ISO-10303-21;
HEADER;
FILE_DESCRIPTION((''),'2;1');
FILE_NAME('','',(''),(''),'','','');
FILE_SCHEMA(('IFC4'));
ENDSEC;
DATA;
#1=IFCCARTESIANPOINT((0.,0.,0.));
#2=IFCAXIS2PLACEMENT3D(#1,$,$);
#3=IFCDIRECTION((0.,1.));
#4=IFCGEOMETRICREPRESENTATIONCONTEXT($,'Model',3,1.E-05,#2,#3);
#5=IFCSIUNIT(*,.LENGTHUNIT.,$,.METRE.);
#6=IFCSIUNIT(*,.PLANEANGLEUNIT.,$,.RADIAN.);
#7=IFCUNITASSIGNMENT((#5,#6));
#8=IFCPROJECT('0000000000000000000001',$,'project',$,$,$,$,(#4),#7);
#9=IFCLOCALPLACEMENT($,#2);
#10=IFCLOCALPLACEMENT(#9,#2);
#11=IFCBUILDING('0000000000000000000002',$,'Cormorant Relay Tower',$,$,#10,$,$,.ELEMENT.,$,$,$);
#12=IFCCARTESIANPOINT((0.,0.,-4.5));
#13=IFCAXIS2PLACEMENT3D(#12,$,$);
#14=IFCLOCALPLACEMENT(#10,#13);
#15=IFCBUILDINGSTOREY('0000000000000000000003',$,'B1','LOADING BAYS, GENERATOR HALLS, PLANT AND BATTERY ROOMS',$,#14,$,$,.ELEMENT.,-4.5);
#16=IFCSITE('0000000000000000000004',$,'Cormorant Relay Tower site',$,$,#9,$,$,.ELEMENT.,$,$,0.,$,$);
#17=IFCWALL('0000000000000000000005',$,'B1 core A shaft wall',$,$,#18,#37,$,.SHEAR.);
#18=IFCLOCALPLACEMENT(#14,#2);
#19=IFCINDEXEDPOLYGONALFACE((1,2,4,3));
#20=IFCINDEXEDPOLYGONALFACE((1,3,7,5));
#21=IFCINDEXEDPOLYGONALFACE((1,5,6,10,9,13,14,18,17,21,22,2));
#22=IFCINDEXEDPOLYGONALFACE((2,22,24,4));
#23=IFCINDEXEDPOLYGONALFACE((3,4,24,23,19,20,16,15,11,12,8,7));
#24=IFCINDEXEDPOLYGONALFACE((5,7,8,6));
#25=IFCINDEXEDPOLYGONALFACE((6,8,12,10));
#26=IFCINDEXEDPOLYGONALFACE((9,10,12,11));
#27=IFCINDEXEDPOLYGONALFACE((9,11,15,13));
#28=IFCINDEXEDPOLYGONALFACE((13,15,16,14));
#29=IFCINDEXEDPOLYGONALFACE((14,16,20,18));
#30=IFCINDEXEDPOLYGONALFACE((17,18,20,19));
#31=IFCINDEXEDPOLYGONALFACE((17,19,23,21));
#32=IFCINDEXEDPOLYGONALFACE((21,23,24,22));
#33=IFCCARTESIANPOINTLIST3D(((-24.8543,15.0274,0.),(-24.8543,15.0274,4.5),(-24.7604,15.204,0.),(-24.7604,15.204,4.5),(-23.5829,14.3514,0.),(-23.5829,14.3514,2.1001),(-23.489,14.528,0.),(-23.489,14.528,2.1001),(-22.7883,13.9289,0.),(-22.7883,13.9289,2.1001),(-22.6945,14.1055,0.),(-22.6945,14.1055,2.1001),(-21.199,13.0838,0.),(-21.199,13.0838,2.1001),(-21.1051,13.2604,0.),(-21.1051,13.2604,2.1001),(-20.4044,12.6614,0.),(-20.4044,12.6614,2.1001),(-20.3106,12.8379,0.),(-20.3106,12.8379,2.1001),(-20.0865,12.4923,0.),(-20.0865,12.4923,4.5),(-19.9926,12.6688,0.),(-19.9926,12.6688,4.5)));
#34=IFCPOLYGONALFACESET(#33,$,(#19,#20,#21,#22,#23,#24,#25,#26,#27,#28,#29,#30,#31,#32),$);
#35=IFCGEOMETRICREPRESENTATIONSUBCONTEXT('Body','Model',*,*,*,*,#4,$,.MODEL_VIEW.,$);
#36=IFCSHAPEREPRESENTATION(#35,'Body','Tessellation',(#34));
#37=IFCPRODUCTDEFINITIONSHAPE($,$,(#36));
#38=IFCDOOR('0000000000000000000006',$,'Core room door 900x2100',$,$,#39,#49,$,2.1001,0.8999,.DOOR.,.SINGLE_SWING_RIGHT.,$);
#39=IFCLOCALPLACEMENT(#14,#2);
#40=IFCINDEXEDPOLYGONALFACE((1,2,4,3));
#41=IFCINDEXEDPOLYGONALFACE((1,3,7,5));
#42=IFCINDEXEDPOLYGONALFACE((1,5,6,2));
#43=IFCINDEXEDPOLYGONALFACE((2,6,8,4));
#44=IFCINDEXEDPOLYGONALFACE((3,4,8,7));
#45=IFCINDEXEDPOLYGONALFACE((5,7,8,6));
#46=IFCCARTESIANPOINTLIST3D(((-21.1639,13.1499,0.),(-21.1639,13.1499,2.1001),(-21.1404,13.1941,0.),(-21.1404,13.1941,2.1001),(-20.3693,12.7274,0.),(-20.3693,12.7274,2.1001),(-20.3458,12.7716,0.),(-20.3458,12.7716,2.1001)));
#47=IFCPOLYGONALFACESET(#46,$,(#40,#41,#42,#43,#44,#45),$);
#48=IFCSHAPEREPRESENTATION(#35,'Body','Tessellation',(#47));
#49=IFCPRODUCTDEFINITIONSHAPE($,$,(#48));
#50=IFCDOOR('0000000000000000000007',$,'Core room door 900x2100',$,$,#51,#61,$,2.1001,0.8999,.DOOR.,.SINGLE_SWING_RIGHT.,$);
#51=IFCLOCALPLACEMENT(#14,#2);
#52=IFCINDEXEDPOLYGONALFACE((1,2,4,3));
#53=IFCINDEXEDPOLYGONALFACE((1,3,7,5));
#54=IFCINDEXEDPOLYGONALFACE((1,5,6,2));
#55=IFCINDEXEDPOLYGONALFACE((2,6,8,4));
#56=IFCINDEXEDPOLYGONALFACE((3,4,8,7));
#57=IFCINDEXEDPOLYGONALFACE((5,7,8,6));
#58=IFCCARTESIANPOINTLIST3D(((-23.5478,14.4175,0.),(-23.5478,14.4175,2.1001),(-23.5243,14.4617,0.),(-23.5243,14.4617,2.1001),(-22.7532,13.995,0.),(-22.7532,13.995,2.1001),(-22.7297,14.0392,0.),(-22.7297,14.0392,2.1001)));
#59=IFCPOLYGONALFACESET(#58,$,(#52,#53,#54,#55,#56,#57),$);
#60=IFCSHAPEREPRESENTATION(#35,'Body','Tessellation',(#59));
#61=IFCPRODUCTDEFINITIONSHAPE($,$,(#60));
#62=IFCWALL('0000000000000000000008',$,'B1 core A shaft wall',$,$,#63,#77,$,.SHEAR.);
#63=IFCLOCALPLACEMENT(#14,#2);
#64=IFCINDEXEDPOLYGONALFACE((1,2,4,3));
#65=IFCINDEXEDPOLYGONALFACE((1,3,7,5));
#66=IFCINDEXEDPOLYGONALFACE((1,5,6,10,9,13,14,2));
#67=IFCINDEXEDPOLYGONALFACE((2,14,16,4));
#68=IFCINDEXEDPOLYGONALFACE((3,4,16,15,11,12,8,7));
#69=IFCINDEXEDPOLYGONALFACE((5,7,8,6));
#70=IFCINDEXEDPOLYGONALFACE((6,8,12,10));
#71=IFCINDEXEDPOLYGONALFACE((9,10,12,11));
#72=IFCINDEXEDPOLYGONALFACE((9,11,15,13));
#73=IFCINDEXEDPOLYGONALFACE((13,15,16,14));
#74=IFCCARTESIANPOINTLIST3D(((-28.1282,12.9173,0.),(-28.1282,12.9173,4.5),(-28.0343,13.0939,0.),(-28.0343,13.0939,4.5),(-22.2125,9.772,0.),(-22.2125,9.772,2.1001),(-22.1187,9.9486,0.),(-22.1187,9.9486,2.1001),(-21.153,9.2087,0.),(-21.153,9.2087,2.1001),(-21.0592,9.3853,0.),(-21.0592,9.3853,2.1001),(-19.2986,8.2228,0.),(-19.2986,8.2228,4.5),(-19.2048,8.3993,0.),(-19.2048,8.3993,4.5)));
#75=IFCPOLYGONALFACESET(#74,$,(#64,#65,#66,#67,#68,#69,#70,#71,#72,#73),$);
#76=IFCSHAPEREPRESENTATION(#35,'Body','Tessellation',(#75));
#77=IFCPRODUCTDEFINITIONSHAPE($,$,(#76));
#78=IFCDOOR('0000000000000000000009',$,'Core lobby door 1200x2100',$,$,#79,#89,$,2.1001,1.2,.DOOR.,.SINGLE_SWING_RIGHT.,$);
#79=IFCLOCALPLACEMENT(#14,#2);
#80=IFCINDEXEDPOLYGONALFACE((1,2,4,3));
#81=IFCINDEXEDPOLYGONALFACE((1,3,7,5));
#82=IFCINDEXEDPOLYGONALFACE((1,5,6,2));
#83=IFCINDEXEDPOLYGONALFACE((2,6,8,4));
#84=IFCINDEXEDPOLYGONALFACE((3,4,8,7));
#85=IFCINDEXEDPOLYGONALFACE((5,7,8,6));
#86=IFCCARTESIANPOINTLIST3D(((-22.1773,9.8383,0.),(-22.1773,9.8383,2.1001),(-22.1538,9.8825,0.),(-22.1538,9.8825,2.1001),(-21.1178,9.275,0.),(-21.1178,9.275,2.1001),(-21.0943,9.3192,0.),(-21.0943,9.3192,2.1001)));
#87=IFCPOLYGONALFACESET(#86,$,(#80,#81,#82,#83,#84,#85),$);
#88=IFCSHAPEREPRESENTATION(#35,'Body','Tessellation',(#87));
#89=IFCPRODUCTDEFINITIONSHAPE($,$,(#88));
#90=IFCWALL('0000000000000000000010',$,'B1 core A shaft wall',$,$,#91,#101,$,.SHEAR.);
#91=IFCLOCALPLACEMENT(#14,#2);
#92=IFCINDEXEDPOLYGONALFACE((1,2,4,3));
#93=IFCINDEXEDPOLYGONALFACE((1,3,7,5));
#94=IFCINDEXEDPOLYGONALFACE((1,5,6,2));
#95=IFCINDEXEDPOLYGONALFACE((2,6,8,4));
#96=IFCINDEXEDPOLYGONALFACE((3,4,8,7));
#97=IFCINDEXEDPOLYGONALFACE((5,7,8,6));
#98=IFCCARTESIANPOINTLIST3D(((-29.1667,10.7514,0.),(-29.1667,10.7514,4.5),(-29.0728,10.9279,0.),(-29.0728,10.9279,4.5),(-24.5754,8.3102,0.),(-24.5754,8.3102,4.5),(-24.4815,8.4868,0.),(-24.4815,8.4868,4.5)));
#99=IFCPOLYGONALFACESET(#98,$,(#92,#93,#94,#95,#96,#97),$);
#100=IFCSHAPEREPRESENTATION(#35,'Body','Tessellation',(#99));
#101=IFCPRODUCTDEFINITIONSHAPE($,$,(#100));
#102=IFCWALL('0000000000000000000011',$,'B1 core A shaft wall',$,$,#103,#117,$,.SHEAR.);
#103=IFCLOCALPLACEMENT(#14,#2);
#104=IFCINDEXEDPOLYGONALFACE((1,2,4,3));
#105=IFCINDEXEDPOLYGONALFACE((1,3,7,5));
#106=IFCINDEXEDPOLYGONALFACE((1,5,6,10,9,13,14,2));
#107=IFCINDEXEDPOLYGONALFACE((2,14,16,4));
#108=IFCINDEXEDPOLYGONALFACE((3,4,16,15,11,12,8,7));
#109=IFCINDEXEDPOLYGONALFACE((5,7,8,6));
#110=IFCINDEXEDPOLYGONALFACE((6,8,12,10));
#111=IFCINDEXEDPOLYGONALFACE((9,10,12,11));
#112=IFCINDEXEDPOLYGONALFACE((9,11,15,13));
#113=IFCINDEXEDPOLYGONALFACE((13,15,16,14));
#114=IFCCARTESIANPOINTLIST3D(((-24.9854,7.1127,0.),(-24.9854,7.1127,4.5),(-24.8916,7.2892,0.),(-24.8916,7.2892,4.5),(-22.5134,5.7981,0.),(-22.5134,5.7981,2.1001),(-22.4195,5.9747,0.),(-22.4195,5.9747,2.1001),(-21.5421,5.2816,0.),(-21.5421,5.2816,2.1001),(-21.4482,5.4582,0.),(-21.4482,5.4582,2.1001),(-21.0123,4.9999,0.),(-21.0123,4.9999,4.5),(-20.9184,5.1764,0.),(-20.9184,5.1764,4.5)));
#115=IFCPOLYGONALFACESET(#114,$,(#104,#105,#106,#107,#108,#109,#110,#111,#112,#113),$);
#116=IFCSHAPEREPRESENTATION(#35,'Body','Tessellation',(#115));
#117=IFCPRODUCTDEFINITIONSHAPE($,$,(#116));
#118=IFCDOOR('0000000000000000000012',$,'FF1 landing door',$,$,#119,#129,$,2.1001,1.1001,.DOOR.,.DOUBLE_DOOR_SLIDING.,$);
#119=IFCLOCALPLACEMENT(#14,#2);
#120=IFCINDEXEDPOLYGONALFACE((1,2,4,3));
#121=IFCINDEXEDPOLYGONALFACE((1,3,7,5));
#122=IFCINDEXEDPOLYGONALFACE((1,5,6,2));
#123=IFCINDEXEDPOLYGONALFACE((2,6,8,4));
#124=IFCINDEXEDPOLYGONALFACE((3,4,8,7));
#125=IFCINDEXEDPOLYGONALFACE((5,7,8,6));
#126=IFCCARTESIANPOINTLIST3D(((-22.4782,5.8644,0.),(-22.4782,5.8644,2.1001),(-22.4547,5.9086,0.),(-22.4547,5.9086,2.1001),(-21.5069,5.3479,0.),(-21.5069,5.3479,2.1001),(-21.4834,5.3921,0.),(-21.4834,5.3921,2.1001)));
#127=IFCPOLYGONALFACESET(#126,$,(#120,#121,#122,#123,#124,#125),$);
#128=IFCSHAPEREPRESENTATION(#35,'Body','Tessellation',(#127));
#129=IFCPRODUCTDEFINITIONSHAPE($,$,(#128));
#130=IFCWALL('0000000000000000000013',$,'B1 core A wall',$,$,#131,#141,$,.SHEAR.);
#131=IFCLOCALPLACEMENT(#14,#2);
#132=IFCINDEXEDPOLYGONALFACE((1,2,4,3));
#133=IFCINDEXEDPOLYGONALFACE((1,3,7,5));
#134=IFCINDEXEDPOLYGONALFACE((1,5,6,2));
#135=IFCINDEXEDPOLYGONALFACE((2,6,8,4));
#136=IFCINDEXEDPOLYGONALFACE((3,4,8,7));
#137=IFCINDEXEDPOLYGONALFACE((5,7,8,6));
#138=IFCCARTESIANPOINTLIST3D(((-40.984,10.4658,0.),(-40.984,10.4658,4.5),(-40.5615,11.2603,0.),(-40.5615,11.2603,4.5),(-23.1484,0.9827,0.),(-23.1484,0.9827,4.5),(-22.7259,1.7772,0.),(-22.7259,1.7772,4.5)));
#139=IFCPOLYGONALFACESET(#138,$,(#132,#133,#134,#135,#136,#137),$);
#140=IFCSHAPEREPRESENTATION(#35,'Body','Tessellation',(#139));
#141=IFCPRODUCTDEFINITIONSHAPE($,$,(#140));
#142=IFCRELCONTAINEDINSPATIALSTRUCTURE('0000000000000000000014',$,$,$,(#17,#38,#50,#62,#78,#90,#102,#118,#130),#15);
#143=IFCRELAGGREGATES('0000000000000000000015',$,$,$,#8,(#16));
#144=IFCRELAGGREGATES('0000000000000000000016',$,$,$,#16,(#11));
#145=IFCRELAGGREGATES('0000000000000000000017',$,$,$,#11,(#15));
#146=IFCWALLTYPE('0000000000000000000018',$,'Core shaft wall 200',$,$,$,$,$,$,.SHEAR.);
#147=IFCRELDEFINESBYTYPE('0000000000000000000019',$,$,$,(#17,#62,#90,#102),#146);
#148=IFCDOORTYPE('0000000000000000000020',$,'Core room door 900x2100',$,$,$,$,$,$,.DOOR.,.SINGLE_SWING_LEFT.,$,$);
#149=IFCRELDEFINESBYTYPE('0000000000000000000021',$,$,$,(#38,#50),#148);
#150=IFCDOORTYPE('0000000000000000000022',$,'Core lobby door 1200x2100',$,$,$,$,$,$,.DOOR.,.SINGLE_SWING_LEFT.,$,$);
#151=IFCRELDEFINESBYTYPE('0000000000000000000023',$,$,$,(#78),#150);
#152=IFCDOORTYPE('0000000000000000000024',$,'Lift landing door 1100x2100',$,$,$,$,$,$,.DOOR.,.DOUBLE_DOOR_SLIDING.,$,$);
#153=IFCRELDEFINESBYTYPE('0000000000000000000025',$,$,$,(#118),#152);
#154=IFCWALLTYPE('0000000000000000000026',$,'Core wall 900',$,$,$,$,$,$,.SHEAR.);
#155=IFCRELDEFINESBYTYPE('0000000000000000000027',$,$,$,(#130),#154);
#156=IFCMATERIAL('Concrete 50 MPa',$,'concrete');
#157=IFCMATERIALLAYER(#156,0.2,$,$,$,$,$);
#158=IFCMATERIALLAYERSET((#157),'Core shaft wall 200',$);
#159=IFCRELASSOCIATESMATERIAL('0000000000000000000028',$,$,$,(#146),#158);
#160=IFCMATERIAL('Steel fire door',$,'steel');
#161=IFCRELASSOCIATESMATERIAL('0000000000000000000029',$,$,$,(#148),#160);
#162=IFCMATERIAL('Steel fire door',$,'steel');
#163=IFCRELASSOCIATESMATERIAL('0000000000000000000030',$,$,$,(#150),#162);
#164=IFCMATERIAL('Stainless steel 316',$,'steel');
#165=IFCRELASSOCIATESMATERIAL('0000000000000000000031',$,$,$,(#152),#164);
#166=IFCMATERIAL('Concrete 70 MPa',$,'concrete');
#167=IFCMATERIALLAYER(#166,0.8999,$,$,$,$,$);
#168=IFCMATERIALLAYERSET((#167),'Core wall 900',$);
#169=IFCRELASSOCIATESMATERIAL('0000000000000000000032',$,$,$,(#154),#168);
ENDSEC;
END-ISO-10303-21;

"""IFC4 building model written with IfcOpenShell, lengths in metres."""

from ifc_helpers import new_model, si_unit, direction, frame, frame_2d, origin, place, context, subcontext, project, spatial, rectangle, extrude, material, layer, layer_set, type_object, element, fill, save


model = new_model("IFC4")

# Units and contexts
model_context = context("Model", 3, precision=1e-05, world=origin(), true_north=direction((0.0, 1.0)))
body_context = subcontext(model_context, "Body", "Model", "MODEL_VIEW")
ifc_project = project(units=[si_unit("LENGTHUNIT", "METRE"), si_unit("PLANEANGLEUNIT", "RADIAN")], contexts=[model_context])

# Site, building, storey
site_placement = place(None, origin())
site = spatial("IfcSite", under=ifc_project, at=site_placement, Name="Cormorant Relay Tower site", CompositionType="ELEMENT", RefElevation=0.0)
building_placement = place(site_placement, origin())
building = spatial("IfcBuilding", under=site, at=building_placement, Name="Cormorant Relay Tower", CompositionType="ELEMENT")
storey_placement = place(building_placement, frame((0.0, 0.0, -4.5)))
storey = spatial("IfcBuildingStorey", under=building, at=storey_placement, Name="B1", Description="LOADING BAYS, GENERATOR HALLS, PLANT AND BATTERY ROOMS", CompositionType="ELEMENT", Elevation=-4.5)

# Shared definitions
ifc_material_1 = material(Name="Concrete 50 MPa", Category="concrete")
ifc_layer_1 = layer(ifc_material_1, 0.2)
ifc_layer_set_1 = layer_set([ifc_layer_1], Name="Core shaft wall 200")
wall_type_1 = type_object("IfcWallType", Name="Core shaft wall 200", PredefinedType="SHEAR", material=ifc_layer_set_1)

# Wall, openings, doors
wall_1_placement = place(storey_placement, frame((-20.0396, 12.5806, 0.0), z_axis=(0.0, 0.0, 1.0), x_axis=(-0.882943, 0.46948, 0.0)))
wall_1 = element("IfcWall", 1, at=wall_1_placement, inside=storey, type_object=wall_type_1, Name="B1 core A shaft wall", PredefinedType="SHEAR", context=body_context, shape_type="SweptSolid", body=[
    extrude(rectangle(XDim=5.3999, YDim=0.2, at=frame_2d((2.7, 0.0))), origin(), (0.0, 0.0, 1.0), 4.5),
])
opening_1_placement = place(wall_1_placement, frame((0.3601, 0.0, 0.0)))
opening_1 = element("IfcOpeningElement", 2, at=opening_1_placement, cuts=wall_1, PredefinedType="OPENING", context=body_context, shape_type="SweptSolid", body=[
    extrude(rectangle(XDim=0.8999, YDim=2.1001, at=frame_2d((0.45, 1.05))), frame((0.0, 0.1099, 0.0), z_axis=(0.0, -1.0, 0.0), x_axis=(1.0, 0.0, 0.0)), (0.0, 0.0, 1.0), 0.22),
])
opening_2_placement = place(wall_1_placement, frame((3.0601, 0.0, 0.0)))
opening_2 = element("IfcOpeningElement", 3, at=opening_2_placement, cuts=wall_1, PredefinedType="OPENING", context=body_context, shape_type="SweptSolid", body=[
    extrude(rectangle(XDim=0.8999, YDim=2.1001, at=frame_2d((0.45, 1.05))), frame((0.0, 0.1099, 0.0), z_axis=(0.0, -1.0, 0.0), x_axis=(1.0, 0.0, 0.0)), (0.0, 0.0, 1.0), 0.22),
])
ifc_material_2 = material(Name="Steel fire door", Category="steel")
door_type_1 = type_object("IfcDoorType", Name="Core room door 900x2100", OperationType="SINGLE_SWING_LEFT", PredefinedType="DOOR", material=ifc_material_2)
door_1_placement = place(opening_1_placement, frame((0.8999, 0.0, 0.0), z_axis=(0.0, 0.0, 1.0), x_axis=(-1.0, 0.0, 0.0)))
door_1 = element("IfcDoor", 4, at=door_1_placement, inside=storey, type_object=door_type_1, Name="Core room door 900x2100", OperationType="SINGLE_SWING_RIGHT", OverallHeight=2.1001, OverallWidth=0.8999, PredefinedType="DOOR", context=body_context, shape_type="SweptSolid", body=[
    extrude(rectangle(XDim=0.8999, YDim=2.1001, at=frame_2d((0.45, 1.05))), frame((0.0, 0.0249, 0.0), z_axis=(0.0, -1.0, 0.0), x_axis=(1.0, 0.0, 0.0)), (0.0, 0.0, 1.0), 0.05),
])
fill(opening_1, door_1)
door_2_placement = place(opening_2_placement, frame((0.8999, 0.0, 0.0), z_axis=(0.0, 0.0, 1.0), x_axis=(-1.0, 0.0, 0.0)))
door_2 = element("IfcDoor", 5, at=door_2_placement, inside=storey, type_object=door_type_1, Name="Core room door 900x2100", OperationType="SINGLE_SWING_RIGHT", OverallHeight=2.1001, OverallWidth=0.8999, PredefinedType="DOOR", context=body_context, shape_type="SweptSolid", body=[
    extrude(rectangle(XDim=0.8999, YDim=2.1001, at=frame_2d((0.45, 1.05))), frame((0.0, 0.0249, 0.0), z_axis=(0.0, -1.0, 0.0), x_axis=(1.0, 0.0, 0.0)), (0.0, 0.0, 1.0), 0.05),
])
fill(opening_2, door_2)

# Wall, opening, door
wall_2_placement = place(storey_placement, frame((-19.2517, 8.311, 0.0), z_axis=(0.0, 0.0, 1.0), x_axis=(-0.882956, 0.469456, 0.0)))
wall_2 = element("IfcWall", 6, at=wall_2_placement, inside=storey, type_object=wall_type_1, Name="B1 core A shaft wall", PredefinedType="SHEAR", context=body_context, shape_type="SweptSolid", body=[
    extrude(rectangle(XDim=10.0, YDim=0.2, at=frame_2d((5.0, 0.0))), origin(), (0.0, 0.0, 1.0), 4.5),
])
opening_3_placement = place(wall_2_placement, frame((2.1001, 0.0, 0.0)))
opening_3 = element("IfcOpeningElement", 7, at=opening_3_placement, cuts=wall_2, PredefinedType="OPENING", context=body_context, shape_type="SweptSolid", body=[
    extrude(rectangle(XDim=1.2, YDim=2.1001, at=frame_2d((0.6001, 1.05))), frame((0.0, 0.1099, 0.0), z_axis=(0.0, -1.0, 0.0), x_axis=(1.0, 0.0, 0.0)), (0.0, 0.0, 1.0), 0.22),
])
ifc_material_3 = material(Name="Steel fire door", Category="steel")
door_type_2 = type_object("IfcDoorType", Name="Core lobby door 1200x2100", OperationType="SINGLE_SWING_LEFT", PredefinedType="DOOR", material=ifc_material_3)
door_3_placement = place(opening_3_placement, origin())
door_3 = element("IfcDoor", 8, at=door_3_placement, inside=storey, type_object=door_type_2, Name="Core lobby door 1200x2100", OperationType="SINGLE_SWING_RIGHT", OverallHeight=2.1001, OverallWidth=1.2, PredefinedType="DOOR", context=body_context, shape_type="SweptSolid", body=[
    extrude(rectangle(XDim=1.2, YDim=2.1001, at=frame_2d((0.6001, 1.05))), frame((0.0, 0.0249, 0.0), z_axis=(0.0, -1.0, 0.0), x_axis=(1.0, 0.0, 0.0)), (0.0, 0.0, 1.0), 0.05),
])
fill(opening_3, door_3)

# Wall
wall_3_placement = place(storey_placement, frame((-24.5283, 8.3984, 0.0), z_axis=(0.0, 0.0, 1.0), x_axis=(-0.882954, 0.46946, 0.0)))
element("IfcWall", 9, at=wall_3_placement, inside=storey, type_object=wall_type_1, Name="B1 core A shaft wall", PredefinedType="SHEAR", context=body_context, shape_type="SweptSolid", body=[
    extrude(rectangle(XDim=5.2, YDim=0.2, at=frame_2d((2.6001, 0.0))), origin(), (0.0, 0.0, 1.0), 4.5),
])

# Wall, opening, door
wall_4_placement = place(storey_placement, frame((-20.9653, 5.0881, 0.0), z_axis=(0.0, 0.0, 1.0), x_axis=(-0.882926, 0.469512, 0.0)))
wall_4 = element("IfcWall", 10, at=wall_4_placement, inside=storey, type_object=wall_type_1, Name="B1 core A shaft wall", PredefinedType="SHEAR", context=body_context, shape_type="SweptSolid", body=[
    extrude(rectangle(XDim=4.5, YDim=0.2, at=frame_2d((2.25, 0.0))), origin(), (0.0, 0.0, 1.0), 4.5),
])
opening_4_placement = place(wall_4_placement, frame((0.6001, 0.0, 0.0)))
opening_4 = element("IfcOpeningElement", 11, at=opening_4_placement, cuts=wall_4, PredefinedType="OPENING", context=body_context, shape_type="SweptSolid", body=[
    extrude(rectangle(XDim=1.1001, YDim=2.1001, at=frame_2d((0.55, 1.05))), frame((0.0, 0.1099, 0.0), z_axis=(0.0, -1.0, 0.0), x_axis=(1.0, 0.0, 0.0)), (0.0, 0.0, 1.0), 0.22),
])
ifc_material_4 = material(Name="Stainless steel 316", Category="steel")
door_type_3 = type_object("IfcDoorType", Name="Lift landing door 1100x2100", OperationType="DOUBLE_DOOR_SLIDING", PredefinedType="DOOR", material=ifc_material_4)
door_4_placement = place(opening_4_placement, origin())
door_4 = element("IfcDoor", 12, at=door_4_placement, inside=storey, type_object=door_type_3, Name="FF1 landing door", OperationType="DOUBLE_DOOR_SLIDING", OverallHeight=2.1001, OverallWidth=1.1001, PredefinedType="DOOR", context=body_context, shape_type="SweptSolid", body=[
    extrude(rectangle(XDim=1.1001, YDim=2.1001, at=frame_2d((0.55, 1.05))), frame((0.0, 0.0249, 0.0), z_axis=(0.0, -1.0, 0.0), x_axis=(1.0, 0.0, 0.0)), (0.0, 0.0, 1.0), 0.05),
])
fill(opening_4, door_4)

# Wall
ifc_material_5 = material(Name="Concrete 70 MPa", Category="concrete")
ifc_layer_2 = layer(ifc_material_5, 0.8999)
ifc_layer_set_2 = layer_set([ifc_layer_2], Name="Core wall 900")
wall_type_2 = type_object("IfcWallType", Name="Core wall 900", PredefinedType="SHEAR", material=ifc_layer_set_2)
wall_5_placement = place(storey_placement, frame((-22.937, 1.3799, 0.0), z_axis=(0.0, 0.0, 1.0), x_axis=(-0.882953, 0.469462, 0.0)))
element("IfcWall", 13, at=wall_5_placement, inside=storey, type_object=wall_type_2, Name="B1 core A wall", PredefinedType="SHEAR", context=body_context, shape_type="SweptSolid", body=[
    extrude(rectangle(XDim=20.2, YDim=0.8999, at=frame_2d((10.1001, 0.0))), origin(), (0.0, 0.0, 1.0), 4.5),
])

save(model, "model.ifc")
